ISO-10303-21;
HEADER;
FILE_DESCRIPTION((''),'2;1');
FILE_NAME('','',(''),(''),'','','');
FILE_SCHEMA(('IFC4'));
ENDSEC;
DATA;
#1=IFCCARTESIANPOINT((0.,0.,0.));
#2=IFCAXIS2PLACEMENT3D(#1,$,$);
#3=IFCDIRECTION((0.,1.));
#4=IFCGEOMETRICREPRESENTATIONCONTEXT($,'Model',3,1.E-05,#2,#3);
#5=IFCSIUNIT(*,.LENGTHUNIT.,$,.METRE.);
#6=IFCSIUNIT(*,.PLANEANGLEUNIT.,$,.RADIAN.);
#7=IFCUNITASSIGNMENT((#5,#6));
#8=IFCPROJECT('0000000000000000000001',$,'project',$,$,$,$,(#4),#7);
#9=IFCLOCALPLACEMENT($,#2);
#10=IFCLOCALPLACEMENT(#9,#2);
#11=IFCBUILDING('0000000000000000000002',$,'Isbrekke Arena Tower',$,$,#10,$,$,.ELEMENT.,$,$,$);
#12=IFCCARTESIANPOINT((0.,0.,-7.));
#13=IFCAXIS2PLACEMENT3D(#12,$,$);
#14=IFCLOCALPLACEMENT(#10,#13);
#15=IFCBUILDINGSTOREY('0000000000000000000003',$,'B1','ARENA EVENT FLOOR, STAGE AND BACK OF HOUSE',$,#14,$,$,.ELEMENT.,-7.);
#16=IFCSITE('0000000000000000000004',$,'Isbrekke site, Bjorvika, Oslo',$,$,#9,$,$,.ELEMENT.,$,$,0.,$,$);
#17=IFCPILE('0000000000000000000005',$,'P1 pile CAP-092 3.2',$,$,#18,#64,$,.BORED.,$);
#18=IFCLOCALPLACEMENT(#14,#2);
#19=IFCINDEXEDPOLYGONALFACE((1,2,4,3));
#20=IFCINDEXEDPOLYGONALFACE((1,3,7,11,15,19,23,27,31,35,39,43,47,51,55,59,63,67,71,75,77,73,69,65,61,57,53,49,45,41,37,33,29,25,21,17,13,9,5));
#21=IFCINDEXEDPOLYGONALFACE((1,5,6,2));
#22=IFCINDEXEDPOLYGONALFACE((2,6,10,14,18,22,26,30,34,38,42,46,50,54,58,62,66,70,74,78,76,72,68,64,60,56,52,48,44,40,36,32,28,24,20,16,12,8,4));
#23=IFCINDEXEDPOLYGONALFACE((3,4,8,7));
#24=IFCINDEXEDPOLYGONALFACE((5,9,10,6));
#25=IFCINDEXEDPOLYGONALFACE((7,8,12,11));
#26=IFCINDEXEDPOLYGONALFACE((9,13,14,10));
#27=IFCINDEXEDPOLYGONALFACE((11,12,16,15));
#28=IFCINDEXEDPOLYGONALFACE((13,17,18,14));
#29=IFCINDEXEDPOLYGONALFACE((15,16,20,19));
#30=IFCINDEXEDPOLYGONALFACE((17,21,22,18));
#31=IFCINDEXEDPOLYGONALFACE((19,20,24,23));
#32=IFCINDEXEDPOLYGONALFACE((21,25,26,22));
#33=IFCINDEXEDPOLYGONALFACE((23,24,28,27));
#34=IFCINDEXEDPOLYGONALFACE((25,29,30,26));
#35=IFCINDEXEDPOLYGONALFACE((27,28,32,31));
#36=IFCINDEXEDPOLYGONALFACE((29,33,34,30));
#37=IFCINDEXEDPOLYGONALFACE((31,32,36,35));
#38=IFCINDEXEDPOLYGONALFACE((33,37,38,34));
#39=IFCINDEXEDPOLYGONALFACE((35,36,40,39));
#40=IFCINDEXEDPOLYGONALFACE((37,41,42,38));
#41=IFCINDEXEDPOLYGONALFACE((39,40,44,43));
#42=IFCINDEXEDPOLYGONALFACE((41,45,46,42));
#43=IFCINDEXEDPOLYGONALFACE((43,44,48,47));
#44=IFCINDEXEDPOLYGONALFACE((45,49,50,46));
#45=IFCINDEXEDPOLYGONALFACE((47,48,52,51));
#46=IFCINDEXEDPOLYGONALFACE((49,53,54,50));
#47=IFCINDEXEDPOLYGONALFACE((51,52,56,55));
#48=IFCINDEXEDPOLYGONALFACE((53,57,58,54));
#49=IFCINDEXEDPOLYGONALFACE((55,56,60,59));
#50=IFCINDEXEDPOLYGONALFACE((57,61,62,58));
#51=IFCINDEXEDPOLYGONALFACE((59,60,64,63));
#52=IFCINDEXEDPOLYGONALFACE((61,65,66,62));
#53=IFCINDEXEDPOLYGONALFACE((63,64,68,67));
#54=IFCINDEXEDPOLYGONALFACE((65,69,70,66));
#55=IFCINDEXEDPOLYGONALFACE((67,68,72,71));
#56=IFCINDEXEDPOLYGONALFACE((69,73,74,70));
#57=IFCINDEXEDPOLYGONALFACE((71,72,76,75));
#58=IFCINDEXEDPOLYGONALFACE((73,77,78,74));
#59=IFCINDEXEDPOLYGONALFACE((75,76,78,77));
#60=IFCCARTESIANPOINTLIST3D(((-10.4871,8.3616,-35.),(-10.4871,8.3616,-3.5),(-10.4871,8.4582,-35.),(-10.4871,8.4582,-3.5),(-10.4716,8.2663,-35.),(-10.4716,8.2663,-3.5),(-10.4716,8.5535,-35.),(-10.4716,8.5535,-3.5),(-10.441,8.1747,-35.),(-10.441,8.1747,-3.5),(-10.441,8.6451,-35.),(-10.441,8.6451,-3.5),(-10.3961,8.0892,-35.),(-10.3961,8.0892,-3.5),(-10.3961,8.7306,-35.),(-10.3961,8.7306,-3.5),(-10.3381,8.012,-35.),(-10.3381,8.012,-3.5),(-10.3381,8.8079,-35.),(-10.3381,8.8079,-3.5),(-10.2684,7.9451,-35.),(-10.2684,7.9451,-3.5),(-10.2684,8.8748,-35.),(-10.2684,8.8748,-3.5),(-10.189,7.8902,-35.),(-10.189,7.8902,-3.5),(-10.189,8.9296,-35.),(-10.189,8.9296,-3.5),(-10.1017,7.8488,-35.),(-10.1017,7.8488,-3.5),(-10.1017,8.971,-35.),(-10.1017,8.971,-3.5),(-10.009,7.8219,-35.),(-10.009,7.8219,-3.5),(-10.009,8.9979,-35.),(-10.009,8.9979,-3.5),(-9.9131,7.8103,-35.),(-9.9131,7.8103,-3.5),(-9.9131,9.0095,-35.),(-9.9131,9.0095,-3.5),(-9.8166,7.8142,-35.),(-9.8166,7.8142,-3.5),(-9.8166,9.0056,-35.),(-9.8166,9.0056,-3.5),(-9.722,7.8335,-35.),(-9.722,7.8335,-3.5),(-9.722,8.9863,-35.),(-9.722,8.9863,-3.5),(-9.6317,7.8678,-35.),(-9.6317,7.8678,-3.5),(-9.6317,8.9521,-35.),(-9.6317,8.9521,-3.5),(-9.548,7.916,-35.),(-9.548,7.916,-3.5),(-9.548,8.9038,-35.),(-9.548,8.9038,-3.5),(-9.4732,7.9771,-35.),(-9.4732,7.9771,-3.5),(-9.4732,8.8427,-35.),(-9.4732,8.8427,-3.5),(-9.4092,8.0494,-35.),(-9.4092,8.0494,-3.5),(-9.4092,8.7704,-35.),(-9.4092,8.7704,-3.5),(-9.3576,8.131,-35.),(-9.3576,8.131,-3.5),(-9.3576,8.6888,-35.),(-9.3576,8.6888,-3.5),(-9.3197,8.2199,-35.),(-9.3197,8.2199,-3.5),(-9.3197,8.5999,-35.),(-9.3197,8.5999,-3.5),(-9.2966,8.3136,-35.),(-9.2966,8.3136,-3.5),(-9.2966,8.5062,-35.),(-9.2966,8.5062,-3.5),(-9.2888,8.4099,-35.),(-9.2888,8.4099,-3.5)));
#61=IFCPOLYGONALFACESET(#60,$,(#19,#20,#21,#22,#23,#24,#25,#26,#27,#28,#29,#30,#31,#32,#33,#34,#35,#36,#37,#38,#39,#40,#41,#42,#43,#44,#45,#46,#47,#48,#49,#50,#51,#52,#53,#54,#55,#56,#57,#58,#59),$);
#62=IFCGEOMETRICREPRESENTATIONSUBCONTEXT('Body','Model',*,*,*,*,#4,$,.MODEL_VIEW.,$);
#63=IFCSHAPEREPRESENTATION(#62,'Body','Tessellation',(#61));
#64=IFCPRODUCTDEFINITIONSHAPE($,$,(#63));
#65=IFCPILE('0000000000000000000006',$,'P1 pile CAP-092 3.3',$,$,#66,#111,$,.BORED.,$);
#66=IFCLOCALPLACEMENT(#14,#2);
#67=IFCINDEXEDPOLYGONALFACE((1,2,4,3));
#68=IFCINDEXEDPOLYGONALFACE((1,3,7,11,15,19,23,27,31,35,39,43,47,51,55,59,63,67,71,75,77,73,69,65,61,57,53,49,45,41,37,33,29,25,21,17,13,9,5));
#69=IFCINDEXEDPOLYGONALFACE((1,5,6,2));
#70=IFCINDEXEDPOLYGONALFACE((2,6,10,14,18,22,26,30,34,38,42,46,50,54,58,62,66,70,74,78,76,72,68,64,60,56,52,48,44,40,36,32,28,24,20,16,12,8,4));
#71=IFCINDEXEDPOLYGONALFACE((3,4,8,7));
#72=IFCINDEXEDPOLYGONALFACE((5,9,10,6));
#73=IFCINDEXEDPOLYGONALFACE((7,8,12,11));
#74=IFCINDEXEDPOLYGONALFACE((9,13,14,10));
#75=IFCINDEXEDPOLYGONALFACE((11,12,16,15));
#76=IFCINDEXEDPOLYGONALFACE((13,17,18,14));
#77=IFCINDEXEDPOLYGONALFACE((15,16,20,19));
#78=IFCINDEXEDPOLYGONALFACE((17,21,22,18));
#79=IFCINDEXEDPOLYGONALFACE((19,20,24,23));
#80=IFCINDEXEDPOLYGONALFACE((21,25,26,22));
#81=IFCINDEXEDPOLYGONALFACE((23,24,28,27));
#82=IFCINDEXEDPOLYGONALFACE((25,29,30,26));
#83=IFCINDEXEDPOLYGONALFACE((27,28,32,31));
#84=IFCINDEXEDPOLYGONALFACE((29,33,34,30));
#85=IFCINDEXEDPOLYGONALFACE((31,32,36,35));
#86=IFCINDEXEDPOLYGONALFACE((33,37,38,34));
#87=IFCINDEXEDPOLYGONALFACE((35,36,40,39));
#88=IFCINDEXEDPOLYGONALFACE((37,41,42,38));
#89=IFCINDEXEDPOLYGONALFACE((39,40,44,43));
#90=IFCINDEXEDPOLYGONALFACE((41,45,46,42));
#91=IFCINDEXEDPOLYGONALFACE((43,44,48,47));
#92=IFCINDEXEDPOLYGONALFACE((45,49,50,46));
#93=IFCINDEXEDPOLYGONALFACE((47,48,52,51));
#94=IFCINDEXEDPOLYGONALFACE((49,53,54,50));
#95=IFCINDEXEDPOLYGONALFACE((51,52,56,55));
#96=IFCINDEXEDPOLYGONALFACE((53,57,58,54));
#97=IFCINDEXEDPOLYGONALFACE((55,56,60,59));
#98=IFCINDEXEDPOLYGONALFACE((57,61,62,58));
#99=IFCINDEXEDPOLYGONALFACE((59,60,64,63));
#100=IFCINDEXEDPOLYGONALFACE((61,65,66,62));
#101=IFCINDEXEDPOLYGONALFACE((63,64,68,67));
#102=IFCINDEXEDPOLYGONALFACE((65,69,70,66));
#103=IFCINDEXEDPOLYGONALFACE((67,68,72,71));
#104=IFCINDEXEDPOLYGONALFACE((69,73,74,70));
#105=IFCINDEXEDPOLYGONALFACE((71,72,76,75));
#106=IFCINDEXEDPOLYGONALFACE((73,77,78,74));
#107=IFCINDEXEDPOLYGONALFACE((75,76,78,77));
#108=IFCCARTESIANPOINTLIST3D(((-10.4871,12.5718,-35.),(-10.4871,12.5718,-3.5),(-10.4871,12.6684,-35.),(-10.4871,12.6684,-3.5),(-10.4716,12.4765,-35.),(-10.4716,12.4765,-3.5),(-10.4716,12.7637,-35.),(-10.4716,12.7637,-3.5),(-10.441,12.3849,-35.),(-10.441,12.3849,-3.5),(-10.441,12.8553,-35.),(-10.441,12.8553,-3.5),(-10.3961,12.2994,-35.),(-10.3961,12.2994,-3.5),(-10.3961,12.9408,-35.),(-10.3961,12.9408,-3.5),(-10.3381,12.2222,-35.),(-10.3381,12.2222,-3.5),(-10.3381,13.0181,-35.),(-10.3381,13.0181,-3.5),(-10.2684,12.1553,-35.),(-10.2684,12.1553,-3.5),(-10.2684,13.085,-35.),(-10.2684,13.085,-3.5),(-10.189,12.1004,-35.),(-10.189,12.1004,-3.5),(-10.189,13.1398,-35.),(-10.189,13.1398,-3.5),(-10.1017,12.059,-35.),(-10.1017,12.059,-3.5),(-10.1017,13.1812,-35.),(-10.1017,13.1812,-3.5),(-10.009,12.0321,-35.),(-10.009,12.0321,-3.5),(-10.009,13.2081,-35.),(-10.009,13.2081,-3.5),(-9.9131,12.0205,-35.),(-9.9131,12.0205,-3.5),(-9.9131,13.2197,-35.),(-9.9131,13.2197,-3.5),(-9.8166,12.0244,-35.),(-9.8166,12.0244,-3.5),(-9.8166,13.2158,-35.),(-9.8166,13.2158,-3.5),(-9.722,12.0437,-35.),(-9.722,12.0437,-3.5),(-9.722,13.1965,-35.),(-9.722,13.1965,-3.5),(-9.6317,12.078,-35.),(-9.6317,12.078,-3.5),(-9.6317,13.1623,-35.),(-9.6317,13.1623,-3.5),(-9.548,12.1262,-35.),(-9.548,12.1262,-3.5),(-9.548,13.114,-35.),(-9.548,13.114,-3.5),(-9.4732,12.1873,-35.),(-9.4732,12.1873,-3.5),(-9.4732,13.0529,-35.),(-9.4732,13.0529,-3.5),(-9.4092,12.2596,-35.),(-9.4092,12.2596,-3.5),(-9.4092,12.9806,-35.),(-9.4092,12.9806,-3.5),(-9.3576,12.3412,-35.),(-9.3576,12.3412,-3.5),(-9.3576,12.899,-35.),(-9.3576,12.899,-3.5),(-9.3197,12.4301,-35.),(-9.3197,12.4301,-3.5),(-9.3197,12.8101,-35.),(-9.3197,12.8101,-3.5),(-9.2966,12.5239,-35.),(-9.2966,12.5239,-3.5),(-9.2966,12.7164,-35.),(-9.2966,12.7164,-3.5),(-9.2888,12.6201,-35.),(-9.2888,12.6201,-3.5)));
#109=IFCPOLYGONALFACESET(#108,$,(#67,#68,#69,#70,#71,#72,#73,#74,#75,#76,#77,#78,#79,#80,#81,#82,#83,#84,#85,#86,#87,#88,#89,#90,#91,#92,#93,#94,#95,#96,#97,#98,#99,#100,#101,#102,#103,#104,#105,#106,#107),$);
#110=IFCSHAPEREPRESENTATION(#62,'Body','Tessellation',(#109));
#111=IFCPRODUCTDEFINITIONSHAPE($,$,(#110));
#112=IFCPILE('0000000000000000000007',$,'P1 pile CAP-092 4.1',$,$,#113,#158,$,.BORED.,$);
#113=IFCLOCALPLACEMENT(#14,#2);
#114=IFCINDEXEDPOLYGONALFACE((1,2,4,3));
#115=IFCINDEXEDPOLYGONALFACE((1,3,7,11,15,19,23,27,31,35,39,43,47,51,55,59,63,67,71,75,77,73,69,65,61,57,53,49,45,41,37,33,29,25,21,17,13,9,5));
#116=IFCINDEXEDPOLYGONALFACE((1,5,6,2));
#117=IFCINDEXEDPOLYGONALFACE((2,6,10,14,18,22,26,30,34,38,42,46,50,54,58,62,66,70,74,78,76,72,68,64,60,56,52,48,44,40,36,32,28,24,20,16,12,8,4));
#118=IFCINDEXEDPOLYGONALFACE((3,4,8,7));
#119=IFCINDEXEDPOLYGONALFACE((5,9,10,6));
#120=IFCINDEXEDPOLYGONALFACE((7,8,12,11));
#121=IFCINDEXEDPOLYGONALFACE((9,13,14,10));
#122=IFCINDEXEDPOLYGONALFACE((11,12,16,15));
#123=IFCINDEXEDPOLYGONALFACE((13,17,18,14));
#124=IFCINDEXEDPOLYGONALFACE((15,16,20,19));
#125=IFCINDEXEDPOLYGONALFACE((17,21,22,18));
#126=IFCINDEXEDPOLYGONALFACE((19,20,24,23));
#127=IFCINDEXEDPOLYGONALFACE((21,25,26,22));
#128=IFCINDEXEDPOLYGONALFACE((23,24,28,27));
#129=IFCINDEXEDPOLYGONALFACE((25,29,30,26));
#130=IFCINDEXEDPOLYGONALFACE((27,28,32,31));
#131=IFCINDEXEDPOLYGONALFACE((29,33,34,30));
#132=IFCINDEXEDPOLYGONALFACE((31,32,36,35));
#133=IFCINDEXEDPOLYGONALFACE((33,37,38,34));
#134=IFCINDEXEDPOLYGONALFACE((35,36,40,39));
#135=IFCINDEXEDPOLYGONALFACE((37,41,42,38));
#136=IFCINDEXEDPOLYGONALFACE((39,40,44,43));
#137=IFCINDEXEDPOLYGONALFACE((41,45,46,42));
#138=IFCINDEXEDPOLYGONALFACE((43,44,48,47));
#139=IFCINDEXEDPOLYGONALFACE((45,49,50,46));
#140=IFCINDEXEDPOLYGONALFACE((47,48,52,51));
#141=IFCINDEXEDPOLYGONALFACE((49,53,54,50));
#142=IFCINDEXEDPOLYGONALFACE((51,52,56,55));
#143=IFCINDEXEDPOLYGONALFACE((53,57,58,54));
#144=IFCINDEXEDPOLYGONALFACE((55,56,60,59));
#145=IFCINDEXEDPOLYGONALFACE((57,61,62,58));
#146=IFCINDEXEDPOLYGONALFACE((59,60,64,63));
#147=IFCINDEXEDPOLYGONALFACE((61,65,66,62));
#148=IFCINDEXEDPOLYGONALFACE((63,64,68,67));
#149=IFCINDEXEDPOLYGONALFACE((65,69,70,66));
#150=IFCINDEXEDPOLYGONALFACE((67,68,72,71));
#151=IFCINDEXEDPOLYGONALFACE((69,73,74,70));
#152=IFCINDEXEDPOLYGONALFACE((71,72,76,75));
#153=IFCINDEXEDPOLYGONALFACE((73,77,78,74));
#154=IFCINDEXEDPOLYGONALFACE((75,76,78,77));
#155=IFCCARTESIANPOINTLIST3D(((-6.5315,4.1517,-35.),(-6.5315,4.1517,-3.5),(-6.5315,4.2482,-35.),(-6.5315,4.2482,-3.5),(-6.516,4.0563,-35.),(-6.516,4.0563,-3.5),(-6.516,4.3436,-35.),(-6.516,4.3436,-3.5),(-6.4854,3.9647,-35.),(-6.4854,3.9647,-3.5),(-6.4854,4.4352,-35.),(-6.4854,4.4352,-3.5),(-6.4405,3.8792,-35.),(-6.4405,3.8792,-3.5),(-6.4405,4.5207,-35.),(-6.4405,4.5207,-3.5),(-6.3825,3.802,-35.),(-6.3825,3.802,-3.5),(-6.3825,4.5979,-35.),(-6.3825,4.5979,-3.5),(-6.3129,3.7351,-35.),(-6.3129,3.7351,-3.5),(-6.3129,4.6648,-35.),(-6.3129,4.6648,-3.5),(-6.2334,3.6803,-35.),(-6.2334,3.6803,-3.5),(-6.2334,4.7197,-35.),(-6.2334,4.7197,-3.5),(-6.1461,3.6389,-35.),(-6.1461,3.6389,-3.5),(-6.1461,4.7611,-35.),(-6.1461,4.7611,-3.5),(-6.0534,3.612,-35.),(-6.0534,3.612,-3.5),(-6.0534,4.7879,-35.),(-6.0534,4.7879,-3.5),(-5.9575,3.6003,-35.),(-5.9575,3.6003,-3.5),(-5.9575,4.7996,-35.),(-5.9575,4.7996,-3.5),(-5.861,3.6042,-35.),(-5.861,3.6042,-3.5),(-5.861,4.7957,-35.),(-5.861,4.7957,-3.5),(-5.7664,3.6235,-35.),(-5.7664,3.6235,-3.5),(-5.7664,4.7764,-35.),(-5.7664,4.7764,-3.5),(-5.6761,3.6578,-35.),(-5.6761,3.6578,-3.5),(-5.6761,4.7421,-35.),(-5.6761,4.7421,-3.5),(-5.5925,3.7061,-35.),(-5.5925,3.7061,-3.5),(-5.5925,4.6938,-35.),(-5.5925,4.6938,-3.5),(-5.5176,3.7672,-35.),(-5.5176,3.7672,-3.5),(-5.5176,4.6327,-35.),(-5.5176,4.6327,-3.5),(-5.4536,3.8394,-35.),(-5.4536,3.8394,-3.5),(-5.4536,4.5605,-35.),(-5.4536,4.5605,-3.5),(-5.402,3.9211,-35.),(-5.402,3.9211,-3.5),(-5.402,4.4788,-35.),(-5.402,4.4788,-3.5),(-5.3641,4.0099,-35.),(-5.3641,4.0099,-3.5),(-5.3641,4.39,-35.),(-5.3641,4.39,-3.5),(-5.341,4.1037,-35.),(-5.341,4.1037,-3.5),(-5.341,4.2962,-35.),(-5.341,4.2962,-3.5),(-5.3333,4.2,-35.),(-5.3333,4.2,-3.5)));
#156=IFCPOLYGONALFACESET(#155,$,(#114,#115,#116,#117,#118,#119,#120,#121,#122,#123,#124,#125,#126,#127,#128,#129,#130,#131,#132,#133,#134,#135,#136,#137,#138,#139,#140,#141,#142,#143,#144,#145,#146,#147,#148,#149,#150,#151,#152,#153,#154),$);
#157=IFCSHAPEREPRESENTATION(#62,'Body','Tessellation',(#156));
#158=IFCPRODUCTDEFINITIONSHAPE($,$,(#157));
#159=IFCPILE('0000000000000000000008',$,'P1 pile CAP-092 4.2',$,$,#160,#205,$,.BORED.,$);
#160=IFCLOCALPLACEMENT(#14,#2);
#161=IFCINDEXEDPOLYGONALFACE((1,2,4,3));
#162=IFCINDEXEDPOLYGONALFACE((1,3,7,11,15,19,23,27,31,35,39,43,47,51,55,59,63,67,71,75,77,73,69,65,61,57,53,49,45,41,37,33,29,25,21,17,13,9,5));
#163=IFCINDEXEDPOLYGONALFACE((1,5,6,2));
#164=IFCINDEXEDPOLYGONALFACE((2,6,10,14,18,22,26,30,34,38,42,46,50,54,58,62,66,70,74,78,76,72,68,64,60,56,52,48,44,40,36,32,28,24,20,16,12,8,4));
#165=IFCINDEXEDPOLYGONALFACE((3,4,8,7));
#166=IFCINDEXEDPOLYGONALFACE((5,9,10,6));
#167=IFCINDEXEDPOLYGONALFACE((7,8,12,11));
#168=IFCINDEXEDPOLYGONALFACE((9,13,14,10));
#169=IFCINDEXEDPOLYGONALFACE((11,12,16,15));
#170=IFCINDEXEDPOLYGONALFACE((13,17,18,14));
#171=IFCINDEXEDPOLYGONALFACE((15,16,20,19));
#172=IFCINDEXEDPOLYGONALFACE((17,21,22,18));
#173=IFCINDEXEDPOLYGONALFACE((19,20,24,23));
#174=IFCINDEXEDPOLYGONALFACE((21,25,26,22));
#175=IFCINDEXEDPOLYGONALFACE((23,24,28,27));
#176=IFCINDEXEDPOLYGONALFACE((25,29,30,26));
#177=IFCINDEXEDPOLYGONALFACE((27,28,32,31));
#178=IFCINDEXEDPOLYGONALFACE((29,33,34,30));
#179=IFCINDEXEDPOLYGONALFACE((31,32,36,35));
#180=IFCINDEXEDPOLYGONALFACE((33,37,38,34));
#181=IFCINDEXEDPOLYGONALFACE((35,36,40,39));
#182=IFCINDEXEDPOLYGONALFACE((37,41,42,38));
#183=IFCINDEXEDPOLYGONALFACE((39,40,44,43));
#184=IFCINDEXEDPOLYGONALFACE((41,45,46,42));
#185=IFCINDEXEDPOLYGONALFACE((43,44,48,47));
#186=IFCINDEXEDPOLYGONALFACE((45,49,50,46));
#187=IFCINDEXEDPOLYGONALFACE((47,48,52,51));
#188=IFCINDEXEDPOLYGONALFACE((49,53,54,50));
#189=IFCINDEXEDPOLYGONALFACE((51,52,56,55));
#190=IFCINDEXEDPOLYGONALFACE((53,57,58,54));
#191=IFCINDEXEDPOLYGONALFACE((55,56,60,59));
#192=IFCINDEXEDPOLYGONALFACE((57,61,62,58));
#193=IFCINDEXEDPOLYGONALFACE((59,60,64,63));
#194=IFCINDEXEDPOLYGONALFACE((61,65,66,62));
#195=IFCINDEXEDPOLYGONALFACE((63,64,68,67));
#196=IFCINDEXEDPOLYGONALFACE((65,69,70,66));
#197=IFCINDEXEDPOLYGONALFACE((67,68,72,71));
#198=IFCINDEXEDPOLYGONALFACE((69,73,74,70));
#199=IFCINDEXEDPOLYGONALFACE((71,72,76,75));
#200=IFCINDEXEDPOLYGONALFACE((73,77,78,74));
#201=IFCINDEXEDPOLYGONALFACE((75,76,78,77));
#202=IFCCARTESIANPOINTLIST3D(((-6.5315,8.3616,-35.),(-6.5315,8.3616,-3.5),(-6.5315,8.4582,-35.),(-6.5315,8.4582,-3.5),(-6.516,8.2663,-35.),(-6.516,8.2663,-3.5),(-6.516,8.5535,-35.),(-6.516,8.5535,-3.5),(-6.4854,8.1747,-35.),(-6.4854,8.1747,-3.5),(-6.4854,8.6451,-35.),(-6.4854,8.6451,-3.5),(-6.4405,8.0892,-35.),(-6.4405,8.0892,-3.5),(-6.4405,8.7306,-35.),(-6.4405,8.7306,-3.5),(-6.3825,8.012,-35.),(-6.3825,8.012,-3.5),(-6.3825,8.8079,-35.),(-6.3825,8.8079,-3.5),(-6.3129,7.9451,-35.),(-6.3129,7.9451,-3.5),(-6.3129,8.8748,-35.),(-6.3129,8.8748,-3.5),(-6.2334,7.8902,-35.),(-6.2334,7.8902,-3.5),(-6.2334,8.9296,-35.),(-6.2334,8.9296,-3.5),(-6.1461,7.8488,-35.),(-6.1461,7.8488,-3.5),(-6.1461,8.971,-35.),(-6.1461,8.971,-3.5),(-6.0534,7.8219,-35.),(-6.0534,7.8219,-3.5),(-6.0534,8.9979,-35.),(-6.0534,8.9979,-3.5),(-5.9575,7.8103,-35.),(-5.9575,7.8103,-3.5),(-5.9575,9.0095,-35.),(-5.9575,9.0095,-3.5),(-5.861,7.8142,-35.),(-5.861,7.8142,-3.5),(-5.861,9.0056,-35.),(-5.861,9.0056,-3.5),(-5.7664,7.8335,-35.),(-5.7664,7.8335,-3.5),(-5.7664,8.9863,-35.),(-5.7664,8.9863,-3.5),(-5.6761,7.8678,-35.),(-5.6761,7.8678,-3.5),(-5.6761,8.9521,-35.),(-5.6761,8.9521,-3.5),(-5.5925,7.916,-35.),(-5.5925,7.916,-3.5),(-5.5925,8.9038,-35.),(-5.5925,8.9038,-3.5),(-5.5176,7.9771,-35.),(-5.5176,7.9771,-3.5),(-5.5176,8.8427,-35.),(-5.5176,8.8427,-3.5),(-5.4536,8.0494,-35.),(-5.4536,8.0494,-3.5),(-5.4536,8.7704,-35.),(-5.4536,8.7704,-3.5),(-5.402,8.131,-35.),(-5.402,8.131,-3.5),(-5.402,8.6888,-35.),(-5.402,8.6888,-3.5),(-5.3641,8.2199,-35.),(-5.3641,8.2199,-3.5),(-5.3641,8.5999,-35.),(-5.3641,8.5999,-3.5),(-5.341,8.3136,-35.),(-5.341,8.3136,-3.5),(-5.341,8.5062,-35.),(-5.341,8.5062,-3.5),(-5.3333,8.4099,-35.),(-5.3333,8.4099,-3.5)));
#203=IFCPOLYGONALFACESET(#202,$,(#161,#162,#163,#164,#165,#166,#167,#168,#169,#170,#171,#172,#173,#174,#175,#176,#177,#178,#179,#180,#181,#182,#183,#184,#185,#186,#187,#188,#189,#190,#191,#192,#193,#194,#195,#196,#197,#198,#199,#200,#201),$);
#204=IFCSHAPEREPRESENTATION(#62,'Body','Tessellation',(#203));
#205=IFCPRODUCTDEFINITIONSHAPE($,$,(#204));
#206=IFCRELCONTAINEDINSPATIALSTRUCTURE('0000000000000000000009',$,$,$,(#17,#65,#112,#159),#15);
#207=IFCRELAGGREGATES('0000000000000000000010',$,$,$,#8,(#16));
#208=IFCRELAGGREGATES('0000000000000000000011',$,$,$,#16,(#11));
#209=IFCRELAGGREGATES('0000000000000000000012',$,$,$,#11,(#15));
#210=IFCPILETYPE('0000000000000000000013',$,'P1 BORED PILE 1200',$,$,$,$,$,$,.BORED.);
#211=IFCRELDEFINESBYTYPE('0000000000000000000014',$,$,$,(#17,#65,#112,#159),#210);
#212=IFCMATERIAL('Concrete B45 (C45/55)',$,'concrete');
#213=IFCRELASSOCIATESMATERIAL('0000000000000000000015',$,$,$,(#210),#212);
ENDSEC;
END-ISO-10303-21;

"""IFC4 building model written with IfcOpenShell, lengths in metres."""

from ifc_helpers import new_model, si_unit, direction, frame, origin, origin_2d, place, context, subcontext, project, spatial, circle, extrude, material, material_profile, profile_set, type_object, element, save


model = new_model("IFC4")

# Units and contexts
model_context = context("Model", 3, precision=1e-05, world=origin(), true_north=direction((0.0, 1.0)))
body_context = subcontext(model_context, "Body", "Model", "MODEL_VIEW")
ifc_project = project(units=[si_unit("LENGTHUNIT", "METRE"), si_unit("PLANEANGLEUNIT", "RADIAN")], contexts=[model_context])

# Site, building, storey
site_placement = place(None, origin())
site = spatial("IfcSite", under=ifc_project, at=site_placement, Name="Isbrekke site, Bjorvika, Oslo", CompositionType="ELEMENT", RefElevation=0.0)
building_placement = place(site_placement, origin())
building = spatial("IfcBuilding", under=site, at=building_placement, Name="Isbrekke Arena Tower", CompositionType="ELEMENT")
storey_placement = place(building_placement, frame((0.0, 0.0, -7.0)))
storey = spatial("IfcBuildingStorey", under=building, at=storey_placement, Name="B1", Description="ARENA EVENT FLOOR, STAGE AND BACK OF HOUSE", CompositionType="ELEMENT", Elevation=-7.0)

# Piles
ifc_material_1 = material(Name="Concrete B45 (C45/55)", Category="concrete")
ifc_material_profile_1 = material_profile(ifc_material_1, circle(Radius=0.6001, at=origin_2d()), Name="BORED PILE D1200")
ifc_profile_set_1 = profile_set([ifc_material_profile_1], Name="Concrete B45 (C45/55)")
pile_type = type_object("IfcPileType", Name="P1 BORED PILE 1200", PredefinedType="BORED", material=ifc_profile_set_1)
for number, where, z_axis, x_axis, name in (
    (1, (-9.8889, 8.4099, -3.5), (0.0, 0.0, -1.0), (1.0, 0.0, 0.0), "P1 pile CAP-092 3.2"),
    (2, (-9.8889, 12.6201, -3.5), (0.0, 0.0, -1.0), (1.0, 0.0, 0.0), "P1 pile CAP-092 3.3"),
    (3, (-5.9333, 4.2, -3.5), (0.0, 0.0, -1.0), (1.0, 0.0, 0.0), "P1 pile CAP-092 4.1"),
    (4, (-5.9333, 8.4099, -3.5), (0.0, 0.0, -1.0), (1.0, 0.0, 0.0), "P1 pile CAP-092 4.2"),
):
    element("IfcPile", number, at=place(storey_placement, frame(where, z_axis=z_axis, x_axis=x_axis)), inside=storey, type_object=pile_type, Name=name, PredefinedType="BORED", context=body_context, shape_type="SweptSolid", body=[
        extrude(circle(Radius=0.6001, at=origin_2d()), origin(), (0.0, 0.0, 1.0), 31.5),
    ])

save(model, "model.ifc")
